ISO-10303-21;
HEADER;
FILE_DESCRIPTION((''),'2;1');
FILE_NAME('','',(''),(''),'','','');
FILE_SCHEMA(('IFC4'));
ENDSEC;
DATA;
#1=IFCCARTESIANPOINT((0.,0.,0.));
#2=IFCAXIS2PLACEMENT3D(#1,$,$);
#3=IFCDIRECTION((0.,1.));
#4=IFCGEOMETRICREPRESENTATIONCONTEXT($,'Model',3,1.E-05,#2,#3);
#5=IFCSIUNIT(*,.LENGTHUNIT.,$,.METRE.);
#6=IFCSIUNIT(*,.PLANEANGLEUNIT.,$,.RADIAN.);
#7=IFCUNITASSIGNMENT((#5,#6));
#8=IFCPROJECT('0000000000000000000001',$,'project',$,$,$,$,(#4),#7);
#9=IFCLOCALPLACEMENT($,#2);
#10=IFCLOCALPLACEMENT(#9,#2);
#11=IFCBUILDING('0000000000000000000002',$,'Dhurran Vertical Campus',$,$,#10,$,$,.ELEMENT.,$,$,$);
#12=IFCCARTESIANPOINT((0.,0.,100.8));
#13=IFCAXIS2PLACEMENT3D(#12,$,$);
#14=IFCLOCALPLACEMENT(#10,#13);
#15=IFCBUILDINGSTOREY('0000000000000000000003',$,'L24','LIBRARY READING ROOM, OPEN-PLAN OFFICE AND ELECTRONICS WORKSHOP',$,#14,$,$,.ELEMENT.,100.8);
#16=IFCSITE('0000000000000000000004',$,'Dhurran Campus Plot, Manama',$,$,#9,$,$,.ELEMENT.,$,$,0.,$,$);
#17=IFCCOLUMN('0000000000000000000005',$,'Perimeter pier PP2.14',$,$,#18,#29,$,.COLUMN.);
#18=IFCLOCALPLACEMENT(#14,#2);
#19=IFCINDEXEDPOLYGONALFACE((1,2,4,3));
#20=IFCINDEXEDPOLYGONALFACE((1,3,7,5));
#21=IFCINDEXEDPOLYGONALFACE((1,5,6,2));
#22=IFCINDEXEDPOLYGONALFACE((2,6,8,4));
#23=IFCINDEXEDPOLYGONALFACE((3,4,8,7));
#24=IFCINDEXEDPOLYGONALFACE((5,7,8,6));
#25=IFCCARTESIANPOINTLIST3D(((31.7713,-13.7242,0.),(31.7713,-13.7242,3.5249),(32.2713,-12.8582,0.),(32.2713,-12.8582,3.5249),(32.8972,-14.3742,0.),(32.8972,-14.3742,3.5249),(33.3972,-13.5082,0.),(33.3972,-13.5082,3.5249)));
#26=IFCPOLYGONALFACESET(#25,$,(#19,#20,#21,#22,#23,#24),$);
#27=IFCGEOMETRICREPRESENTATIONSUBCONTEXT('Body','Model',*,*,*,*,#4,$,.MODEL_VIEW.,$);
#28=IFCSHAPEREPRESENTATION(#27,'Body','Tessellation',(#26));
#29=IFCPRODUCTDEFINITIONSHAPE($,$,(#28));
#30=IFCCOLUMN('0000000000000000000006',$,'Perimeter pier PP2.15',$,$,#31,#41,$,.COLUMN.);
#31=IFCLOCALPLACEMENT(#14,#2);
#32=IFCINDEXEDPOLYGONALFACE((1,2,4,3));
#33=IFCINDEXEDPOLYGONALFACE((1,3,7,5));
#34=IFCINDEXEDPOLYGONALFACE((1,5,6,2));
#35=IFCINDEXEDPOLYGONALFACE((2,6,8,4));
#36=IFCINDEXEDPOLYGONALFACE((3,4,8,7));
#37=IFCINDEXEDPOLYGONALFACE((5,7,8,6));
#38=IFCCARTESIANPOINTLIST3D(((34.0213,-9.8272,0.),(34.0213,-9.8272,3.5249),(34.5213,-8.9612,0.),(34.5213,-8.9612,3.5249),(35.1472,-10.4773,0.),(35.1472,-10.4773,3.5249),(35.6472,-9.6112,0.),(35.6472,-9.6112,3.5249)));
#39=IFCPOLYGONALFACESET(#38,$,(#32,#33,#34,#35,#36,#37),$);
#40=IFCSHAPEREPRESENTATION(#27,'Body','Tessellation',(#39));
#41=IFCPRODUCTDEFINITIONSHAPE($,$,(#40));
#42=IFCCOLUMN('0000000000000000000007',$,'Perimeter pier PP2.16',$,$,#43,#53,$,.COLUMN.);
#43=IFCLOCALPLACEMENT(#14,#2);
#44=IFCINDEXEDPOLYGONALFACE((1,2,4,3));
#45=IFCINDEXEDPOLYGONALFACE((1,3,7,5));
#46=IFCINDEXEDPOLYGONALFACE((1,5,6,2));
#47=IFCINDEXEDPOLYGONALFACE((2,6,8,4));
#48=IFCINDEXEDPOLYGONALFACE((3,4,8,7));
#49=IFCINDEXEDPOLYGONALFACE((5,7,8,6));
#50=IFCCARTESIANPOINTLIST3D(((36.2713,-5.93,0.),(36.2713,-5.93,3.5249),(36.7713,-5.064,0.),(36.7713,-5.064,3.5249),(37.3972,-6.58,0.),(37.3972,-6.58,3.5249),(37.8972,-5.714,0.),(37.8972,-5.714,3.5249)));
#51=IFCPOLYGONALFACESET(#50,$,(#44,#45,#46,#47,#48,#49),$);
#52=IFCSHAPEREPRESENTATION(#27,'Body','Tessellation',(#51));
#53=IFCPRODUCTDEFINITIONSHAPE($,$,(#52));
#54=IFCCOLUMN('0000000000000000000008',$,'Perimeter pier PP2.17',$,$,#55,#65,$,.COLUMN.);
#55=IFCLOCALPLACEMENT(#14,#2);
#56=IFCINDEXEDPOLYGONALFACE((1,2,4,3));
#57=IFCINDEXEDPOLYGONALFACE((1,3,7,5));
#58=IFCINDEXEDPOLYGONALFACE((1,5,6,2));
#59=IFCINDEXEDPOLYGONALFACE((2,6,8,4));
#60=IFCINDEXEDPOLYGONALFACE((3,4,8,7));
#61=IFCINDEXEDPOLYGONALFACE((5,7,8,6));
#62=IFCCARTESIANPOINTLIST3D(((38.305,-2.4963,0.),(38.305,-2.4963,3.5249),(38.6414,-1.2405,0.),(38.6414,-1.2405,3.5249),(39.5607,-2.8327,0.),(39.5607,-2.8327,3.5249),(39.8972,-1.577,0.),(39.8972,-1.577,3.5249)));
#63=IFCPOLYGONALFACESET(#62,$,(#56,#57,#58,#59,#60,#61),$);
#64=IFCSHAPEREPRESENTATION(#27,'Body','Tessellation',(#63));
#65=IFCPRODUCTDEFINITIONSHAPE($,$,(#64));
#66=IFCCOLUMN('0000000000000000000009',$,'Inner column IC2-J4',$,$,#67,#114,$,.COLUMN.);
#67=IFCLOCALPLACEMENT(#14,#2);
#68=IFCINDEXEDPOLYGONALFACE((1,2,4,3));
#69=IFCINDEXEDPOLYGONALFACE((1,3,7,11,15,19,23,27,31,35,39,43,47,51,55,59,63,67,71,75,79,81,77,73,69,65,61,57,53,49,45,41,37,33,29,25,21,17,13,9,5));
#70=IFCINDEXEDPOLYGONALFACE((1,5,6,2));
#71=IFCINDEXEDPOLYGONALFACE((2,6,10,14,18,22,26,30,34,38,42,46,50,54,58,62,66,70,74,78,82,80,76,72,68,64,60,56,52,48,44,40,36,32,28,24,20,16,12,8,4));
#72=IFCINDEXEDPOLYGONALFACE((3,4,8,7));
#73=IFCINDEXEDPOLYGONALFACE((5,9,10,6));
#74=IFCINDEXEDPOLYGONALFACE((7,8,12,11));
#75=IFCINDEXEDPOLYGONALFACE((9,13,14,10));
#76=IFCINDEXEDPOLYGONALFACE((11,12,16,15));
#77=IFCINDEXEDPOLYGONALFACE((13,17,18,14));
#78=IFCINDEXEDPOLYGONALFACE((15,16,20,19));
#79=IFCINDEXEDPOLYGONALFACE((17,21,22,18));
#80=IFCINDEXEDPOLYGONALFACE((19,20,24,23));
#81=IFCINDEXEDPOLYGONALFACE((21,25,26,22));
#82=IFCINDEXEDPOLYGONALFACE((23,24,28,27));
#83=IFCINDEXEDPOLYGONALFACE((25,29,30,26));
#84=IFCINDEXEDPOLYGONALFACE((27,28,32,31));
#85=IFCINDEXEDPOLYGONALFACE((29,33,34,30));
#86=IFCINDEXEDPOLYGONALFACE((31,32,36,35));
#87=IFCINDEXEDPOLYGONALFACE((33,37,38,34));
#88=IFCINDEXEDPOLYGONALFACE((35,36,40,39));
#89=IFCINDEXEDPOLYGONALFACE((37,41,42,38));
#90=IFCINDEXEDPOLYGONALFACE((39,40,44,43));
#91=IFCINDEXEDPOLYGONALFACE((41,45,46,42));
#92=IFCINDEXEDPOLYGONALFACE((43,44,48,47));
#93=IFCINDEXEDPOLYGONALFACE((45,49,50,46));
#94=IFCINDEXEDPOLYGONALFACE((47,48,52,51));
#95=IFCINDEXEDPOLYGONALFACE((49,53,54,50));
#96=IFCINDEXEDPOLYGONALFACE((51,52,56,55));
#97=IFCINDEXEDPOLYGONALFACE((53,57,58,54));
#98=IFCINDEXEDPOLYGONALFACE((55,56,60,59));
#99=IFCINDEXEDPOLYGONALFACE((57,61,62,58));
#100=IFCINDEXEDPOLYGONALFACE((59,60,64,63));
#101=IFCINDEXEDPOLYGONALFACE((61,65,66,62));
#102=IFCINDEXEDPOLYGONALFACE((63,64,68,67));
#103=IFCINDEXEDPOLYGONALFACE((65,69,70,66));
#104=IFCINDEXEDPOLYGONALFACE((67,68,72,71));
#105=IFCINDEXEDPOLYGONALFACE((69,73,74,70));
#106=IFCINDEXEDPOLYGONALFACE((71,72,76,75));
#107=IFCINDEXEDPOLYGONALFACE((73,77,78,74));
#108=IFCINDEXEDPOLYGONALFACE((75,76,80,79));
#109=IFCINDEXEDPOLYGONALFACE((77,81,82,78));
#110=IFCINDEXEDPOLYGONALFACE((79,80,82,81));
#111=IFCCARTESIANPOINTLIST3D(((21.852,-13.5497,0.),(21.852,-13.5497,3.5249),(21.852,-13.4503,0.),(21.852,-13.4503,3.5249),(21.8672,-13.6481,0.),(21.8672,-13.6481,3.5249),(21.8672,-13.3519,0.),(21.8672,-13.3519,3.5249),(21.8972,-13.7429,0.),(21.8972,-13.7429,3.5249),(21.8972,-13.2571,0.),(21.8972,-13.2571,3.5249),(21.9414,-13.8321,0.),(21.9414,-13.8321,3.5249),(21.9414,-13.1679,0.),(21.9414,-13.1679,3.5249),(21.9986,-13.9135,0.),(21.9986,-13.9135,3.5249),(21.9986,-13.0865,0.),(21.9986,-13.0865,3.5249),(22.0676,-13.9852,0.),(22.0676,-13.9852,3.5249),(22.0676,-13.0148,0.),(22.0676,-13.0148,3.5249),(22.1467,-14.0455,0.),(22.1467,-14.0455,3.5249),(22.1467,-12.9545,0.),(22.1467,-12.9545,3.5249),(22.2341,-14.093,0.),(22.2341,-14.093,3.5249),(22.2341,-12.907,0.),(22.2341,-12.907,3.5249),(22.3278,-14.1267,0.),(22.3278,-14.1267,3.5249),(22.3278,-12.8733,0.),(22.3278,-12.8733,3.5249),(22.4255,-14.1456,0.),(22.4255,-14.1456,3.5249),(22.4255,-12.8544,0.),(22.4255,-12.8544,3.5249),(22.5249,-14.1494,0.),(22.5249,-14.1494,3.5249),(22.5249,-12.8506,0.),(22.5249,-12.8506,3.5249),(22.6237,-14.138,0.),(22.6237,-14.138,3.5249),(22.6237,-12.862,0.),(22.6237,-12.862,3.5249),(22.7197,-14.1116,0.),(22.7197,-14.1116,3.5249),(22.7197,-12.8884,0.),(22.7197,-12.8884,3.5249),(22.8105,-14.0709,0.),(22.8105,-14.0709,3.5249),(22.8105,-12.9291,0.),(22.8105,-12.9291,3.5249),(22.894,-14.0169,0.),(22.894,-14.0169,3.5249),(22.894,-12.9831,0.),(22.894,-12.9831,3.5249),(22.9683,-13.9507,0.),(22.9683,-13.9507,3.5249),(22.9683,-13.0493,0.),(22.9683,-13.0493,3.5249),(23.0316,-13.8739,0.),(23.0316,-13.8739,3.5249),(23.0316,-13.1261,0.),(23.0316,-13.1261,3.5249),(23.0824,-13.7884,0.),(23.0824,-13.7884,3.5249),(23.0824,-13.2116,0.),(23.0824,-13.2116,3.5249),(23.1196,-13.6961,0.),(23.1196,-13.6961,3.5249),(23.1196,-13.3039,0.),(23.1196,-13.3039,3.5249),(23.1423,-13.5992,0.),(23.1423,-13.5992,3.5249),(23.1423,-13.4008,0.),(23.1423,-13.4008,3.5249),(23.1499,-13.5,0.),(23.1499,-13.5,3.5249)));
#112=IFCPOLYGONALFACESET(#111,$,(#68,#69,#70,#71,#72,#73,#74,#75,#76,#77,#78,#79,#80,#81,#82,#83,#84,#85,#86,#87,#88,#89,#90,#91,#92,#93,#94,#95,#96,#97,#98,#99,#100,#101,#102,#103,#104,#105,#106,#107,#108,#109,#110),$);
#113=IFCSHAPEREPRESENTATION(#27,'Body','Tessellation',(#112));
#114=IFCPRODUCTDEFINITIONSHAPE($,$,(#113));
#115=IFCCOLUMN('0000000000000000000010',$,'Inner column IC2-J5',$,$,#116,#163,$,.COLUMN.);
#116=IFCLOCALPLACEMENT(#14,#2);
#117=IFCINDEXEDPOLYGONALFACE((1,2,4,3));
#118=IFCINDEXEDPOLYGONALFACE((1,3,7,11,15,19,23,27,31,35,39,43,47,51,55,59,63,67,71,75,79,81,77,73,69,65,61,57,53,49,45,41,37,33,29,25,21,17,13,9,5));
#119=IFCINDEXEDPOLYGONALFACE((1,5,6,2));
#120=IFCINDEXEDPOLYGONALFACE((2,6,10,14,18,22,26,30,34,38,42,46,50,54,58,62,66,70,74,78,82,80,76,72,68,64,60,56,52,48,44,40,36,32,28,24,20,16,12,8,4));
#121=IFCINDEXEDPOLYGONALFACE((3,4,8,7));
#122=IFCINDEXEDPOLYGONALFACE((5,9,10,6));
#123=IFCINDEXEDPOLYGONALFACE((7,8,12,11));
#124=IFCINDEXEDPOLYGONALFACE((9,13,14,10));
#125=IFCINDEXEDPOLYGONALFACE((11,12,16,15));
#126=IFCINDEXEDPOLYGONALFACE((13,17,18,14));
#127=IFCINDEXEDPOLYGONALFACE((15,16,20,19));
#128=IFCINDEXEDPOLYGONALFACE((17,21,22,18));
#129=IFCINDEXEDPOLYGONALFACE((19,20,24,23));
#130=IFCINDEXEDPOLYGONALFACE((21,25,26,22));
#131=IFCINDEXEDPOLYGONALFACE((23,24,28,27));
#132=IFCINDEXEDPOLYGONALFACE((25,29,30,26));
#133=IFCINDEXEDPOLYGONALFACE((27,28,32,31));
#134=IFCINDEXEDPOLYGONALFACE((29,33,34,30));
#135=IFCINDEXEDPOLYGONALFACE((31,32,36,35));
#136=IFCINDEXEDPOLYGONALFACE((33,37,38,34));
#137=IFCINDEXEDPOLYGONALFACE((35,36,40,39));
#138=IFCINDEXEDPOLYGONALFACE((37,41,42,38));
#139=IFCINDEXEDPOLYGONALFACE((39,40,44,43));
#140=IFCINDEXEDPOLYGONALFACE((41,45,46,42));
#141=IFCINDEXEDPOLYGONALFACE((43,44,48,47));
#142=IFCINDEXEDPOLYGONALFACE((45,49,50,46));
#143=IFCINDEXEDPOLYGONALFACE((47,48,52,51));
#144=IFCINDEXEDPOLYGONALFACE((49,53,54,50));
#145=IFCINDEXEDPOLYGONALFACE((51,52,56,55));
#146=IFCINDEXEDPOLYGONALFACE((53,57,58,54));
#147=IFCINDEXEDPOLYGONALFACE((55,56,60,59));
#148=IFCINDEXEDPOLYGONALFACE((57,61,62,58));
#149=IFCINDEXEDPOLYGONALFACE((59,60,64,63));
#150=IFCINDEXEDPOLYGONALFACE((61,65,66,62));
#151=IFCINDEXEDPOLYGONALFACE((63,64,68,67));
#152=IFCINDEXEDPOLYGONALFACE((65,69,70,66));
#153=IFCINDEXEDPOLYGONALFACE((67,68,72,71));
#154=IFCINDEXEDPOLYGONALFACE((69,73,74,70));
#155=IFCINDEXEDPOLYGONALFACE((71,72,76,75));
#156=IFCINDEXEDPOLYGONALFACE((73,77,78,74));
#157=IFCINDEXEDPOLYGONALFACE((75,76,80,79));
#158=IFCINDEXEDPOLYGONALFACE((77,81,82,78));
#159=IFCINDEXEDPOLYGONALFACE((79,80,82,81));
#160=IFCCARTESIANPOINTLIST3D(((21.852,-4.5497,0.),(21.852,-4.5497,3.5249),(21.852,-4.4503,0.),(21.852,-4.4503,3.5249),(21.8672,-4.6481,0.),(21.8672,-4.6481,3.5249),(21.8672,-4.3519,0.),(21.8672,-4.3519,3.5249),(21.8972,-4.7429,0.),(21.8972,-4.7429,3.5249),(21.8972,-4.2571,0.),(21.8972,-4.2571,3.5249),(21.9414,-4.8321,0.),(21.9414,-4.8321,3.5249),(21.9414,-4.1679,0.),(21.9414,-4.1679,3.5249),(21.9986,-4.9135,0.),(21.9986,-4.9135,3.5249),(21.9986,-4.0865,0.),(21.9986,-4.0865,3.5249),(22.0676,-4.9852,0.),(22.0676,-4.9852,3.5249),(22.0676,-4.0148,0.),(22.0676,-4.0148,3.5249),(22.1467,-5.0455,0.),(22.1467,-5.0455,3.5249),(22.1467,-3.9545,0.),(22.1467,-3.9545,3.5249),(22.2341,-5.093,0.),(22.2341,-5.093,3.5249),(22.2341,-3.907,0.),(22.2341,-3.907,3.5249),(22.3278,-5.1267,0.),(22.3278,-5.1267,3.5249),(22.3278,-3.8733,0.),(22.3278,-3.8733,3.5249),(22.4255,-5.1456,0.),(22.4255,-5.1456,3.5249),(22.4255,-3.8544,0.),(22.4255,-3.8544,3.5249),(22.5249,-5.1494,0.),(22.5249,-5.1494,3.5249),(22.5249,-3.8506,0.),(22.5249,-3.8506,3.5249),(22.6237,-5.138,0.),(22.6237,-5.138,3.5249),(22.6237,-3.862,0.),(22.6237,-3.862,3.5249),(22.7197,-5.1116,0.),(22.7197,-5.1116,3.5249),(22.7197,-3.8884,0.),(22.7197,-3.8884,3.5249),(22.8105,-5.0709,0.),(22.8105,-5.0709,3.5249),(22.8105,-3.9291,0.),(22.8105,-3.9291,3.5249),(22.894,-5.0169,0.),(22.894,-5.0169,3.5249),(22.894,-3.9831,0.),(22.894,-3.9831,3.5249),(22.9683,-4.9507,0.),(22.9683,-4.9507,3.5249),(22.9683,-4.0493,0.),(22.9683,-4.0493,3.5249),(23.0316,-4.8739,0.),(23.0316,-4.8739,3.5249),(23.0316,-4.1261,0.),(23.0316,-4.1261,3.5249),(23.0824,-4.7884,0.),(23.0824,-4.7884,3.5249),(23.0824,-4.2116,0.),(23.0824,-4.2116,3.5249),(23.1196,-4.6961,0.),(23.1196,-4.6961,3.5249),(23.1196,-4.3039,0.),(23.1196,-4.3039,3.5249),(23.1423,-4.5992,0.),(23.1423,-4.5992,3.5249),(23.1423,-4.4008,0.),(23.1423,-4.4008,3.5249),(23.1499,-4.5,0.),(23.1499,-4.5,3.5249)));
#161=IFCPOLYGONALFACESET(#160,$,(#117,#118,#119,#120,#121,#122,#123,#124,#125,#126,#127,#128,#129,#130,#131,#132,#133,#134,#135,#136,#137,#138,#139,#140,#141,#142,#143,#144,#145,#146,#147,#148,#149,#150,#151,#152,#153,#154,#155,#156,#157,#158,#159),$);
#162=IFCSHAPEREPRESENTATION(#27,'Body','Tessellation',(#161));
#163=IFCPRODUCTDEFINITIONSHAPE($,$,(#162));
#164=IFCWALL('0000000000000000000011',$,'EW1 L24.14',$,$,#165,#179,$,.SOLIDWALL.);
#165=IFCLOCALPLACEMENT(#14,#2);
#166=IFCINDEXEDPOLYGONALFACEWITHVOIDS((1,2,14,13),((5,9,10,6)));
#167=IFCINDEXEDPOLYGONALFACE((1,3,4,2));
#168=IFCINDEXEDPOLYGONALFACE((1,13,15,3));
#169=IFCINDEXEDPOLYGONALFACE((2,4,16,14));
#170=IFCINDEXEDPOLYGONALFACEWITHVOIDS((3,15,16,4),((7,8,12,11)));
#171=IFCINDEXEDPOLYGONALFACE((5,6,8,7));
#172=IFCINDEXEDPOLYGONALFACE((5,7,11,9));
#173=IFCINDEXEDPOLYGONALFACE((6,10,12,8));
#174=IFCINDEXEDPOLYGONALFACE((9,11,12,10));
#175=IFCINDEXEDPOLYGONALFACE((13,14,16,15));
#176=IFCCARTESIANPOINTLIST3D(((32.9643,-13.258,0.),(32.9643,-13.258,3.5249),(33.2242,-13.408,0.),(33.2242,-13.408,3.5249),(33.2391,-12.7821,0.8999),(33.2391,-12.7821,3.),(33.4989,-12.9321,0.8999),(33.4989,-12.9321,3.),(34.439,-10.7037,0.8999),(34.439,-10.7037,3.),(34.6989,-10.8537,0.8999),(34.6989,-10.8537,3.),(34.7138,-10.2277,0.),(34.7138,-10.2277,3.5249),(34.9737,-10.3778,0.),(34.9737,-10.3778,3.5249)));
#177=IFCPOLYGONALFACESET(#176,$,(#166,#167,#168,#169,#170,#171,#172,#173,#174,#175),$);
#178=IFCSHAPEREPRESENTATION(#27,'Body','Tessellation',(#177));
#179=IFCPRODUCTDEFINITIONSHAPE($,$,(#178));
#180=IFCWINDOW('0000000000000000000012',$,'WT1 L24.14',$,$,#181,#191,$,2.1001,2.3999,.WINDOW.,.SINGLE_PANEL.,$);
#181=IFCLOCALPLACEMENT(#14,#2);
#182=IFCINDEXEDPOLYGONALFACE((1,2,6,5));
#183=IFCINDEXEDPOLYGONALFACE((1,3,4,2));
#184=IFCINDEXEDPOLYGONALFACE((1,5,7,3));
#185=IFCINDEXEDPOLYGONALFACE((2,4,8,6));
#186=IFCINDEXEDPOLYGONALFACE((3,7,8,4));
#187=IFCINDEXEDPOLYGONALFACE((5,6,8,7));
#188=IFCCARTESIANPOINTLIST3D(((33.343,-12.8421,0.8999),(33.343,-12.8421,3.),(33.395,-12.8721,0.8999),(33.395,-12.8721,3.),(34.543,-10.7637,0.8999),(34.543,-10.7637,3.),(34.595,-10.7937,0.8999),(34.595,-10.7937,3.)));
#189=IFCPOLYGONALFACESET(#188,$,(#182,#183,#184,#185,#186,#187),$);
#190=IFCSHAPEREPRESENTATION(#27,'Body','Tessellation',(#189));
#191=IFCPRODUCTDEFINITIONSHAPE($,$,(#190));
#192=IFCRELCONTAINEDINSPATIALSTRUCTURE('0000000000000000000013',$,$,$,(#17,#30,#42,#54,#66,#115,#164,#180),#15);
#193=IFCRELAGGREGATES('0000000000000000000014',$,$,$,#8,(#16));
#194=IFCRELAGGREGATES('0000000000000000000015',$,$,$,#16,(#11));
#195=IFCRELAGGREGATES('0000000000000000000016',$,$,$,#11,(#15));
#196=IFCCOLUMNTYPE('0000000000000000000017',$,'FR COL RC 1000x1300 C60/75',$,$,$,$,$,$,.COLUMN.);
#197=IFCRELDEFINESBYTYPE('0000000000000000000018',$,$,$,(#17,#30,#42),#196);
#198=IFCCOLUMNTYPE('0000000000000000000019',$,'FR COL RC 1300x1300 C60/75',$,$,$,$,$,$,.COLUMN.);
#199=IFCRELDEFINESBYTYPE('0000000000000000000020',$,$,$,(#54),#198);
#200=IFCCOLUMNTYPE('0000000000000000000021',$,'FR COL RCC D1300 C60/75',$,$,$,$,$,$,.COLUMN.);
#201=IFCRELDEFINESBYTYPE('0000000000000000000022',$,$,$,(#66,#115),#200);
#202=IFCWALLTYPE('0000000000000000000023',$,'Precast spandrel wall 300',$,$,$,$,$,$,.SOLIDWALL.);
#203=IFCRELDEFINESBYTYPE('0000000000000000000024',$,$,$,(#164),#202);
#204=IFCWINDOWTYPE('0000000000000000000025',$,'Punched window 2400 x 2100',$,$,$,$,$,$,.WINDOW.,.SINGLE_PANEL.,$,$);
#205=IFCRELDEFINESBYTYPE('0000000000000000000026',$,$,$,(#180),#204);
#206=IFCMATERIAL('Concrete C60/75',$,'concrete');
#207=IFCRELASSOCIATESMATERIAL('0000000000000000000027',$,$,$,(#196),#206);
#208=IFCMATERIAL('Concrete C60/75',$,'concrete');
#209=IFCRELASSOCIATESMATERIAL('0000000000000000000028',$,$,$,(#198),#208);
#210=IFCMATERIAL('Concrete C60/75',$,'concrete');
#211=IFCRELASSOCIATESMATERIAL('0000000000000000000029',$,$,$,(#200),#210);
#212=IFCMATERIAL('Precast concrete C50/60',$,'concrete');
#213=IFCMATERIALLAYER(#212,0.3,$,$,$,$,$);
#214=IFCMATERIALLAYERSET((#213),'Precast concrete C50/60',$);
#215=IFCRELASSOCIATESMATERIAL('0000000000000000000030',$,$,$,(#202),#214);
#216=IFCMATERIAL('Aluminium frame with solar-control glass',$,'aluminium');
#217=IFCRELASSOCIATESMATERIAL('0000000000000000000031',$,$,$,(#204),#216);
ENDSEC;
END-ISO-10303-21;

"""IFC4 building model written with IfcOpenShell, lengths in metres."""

from ifc_helpers import new_model, si_unit, direction, frame, frame_2d, origin, origin_2d, place, context, subcontext, project, spatial, rectangle, circle, extrude, material, layer, layer_set, material_profile, profile_set, type_object, element, fill, save


model = new_model("IFC4")

# Units and contexts
model_context = context("Model", 3, precision=1e-05, world=origin(), true_north=direction((0.0, 1.0)))
body_context = subcontext(model_context, "Body", "Model", "MODEL_VIEW")
ifc_project = project(units=[si_unit("LENGTHUNIT", "METRE"), si_unit("PLANEANGLEUNIT", "RADIAN")], contexts=[model_context])

# Site, building, storey
site_placement = place(None, origin())
site = spatial("IfcSite", under=ifc_project, at=site_placement, Name="Dhurran Campus Plot, Manama", CompositionType="ELEMENT", RefElevation=0.0)
building_placement = place(site_placement, origin())
building = spatial("IfcBuilding", under=site, at=building_placement, Name="Dhurran Vertical Campus", CompositionType="ELEMENT")
storey_placement = place(building_placement, frame((0.0, 0.0, 100.8)))
storey = spatial("IfcBuildingStorey", under=building, at=storey_placement, Name="L24", Description="LIBRARY READING ROOM, OPEN-PLAN OFFICE AND ELECTRONICS WORKSHOP", CompositionType="ELEMENT", Elevation=100.8)

# Columns
ifc_material_1 = material(Name="Concrete C60/75", Category="concrete")
ifc_material_profile_1 = material_profile(ifc_material_1, rectangle(XDim=1.0, YDim=1.3, at=origin_2d()), Name="RC 1000x1300")
ifc_profile_set_1 = profile_set([ifc_material_profile_1], Name="Concrete C60/75")
column_type_1 = type_object("IfcColumnType", Name="FR COL RC 1000x1300 C60/75", PredefinedType="COLUMN", material=ifc_profile_set_1)
for number, where, z_axis, x_axis, name in (
    (1, (32.5842, -13.6162, 0.0), (0.0, 0.0, 1.0), (0.5, 0.866025, 0.0), "Perimeter pier PP2.14"),
    (2, (34.8342, -9.7192, 0.0), (0.0, 0.0, 1.0), (0.5, 0.866025, 0.0), "Perimeter pier PP2.15"),
    (3, (37.0842, -5.822, 0.0), (0.0, 0.0, 1.0), (0.5, 0.866025, 0.0), "Perimeter pier PP2.16"),
):
    element("IfcColumn", number, at=place(storey_placement, frame(where, z_axis=z_axis, x_axis=x_axis)), inside=storey, type_object=column_type_1, Name=name, PredefinedType="COLUMN", context=body_context, shape_type="SweptSolid", body=[
        extrude(rectangle(XDim=1.0, YDim=1.3, at=origin_2d()), origin(), (0.0, 0.0, 1.0), 3.5249),
    ])
ifc_material_2 = material(Name="Concrete C60/75", Category="concrete")
ifc_material_profile_2 = material_profile(ifc_material_2, rectangle(XDim=1.3, YDim=1.3, at=origin_2d()), Name="RC 1300x1300")
ifc_profile_set_2 = profile_set([ifc_material_profile_2], Name="Concrete C60/75")
column_type_2 = type_object("IfcColumnType", Name="FR COL RC 1300x1300 C60/75", PredefinedType="COLUMN", material=ifc_profile_set_2)
column_placement = place(storey_placement, frame((39.1011, -2.0366, 0.0), z_axis=(0.0, 0.0, 1.0), x_axis=(0.258819, 0.965926, 0.0)))
element("IfcColumn", 4, at=column_placement, inside=storey, type_object=column_type_2, Name="Perimeter pier PP2.17", PredefinedType="COLUMN", context=body_context, shape_type="SweptSolid", body=[
    extrude(rectangle(XDim=1.3, YDim=1.3, at=origin_2d()), origin(), (0.0, 0.0, 1.0), 3.5249),
])
ifc_material_3 = material(Name="Concrete C60/75", Category="concrete")
ifc_material_profile_3 = material_profile(ifc_material_3, circle(Radius=0.6499, at=origin_2d()), Name="RCC D1300")
ifc_profile_set_3 = profile_set([ifc_material_profile_3], Name="Concrete C60/75")
column_type_3 = type_object("IfcColumnType", Name="FR COL RCC D1300 C60/75", PredefinedType="COLUMN", material=ifc_profile_set_3)
for number, where, z_axis, x_axis, name in (
    (5, (22.5, -13.5, 0.0), (0.0, 0.0, 1.0), (1.0, 0.0, 0.0), "Inner column IC2-J4"),
    (6, (22.5, -4.5, 0.0), (0.0, 0.0, 1.0), (1.0, 0.0, 0.0), "Inner column IC2-J5"),
):
    element("IfcColumn", number, at=place(storey_placement, frame(where, z_axis=z_axis, x_axis=x_axis)), inside=storey, type_object=column_type_3, Name=name, PredefinedType="COLUMN", context=body_context, shape_type="SweptSolid", body=[
        extrude(circle(Radius=0.6499, at=origin_2d()), origin(), (0.0, 0.0, 1.0), 3.5249),
    ])

# Wall, opening, window
ifc_material_4 = material(Name="Precast concrete C50/60", Category="concrete")
ifc_layer_1 = layer(ifc_material_4, 0.3)
ifc_layer_set_1 = layer_set([ifc_layer_1], Name="Precast concrete C50/60")
wall_type_1 = type_object("IfcWallType", Name="Precast spandrel wall 300", PredefinedType="SOLIDWALL", material=ifc_layer_set_1)
wall_1_placement = place(storey_placement, frame((33.0942, -13.333, 0.0), z_axis=(0.0, 0.0, 1.0), x_axis=(0.499996, 0.866028, 0.0)))
wall_1 = element("IfcWall", 7, at=wall_1_placement, inside=storey, type_object=wall_type_1, Name="EW1 L24.14", PredefinedType="SOLIDWALL", context=body_context, shape_type="SweptSolid", body=[
    extrude(rectangle(XDim=3.499, YDim=0.3, at=frame_2d((1.7495, 0.0))), origin(), (0.0, 0.0, 1.0), 3.5249),
])
opening_1_placement = place(wall_1_placement, frame((0.5496, 0.0, 0.8999)))
opening_1 = element("IfcOpeningElement", 8, at=opening_1_placement, cuts=wall_1, PredefinedType="OPENING", context=body_context, shape_type="SweptSolid", body=[
    extrude(rectangle(XDim=2.3999, YDim=2.1001, at=frame_2d((1.2, 1.05))), frame((0.0, 0.1599, 0.0), z_axis=(0.0, -1.0, 0.0), x_axis=(1.0, 0.0, 0.0)), (0.0, 0.0, 1.0), 0.3201),
])
ifc_material_5 = material(Name="Aluminium frame with solar-control glass", Category="aluminium")
window_type = type_object("IfcWindowType", Name="Punched window 2400 x 2100", PartitioningType="SINGLE_PANEL", PredefinedType="WINDOW", material=ifc_material_5)
window_1_placement = place(opening_1_placement, origin())
window_1 = element("IfcWindow", 9, at=window_1_placement, inside=storey, type_object=window_type, Name="WT1 L24.14", OverallHeight=2.1001, OverallWidth=2.3999, PartitioningType="SINGLE_PANEL", PredefinedType="WINDOW", context=body_context, shape_type="SweptSolid", body=[
    extrude(rectangle(XDim=2.3999, YDim=2.1001, at=frame_2d((1.2, 1.05))), frame((0.0, 0.03, 0.0), z_axis=(0.0, -1.0, 0.0), x_axis=(1.0, 0.0, 0.0)), (0.0, 0.0, 1.0), 0.0601),
])
fill(opening_1, window_1)

save(model, "model.ifc")
